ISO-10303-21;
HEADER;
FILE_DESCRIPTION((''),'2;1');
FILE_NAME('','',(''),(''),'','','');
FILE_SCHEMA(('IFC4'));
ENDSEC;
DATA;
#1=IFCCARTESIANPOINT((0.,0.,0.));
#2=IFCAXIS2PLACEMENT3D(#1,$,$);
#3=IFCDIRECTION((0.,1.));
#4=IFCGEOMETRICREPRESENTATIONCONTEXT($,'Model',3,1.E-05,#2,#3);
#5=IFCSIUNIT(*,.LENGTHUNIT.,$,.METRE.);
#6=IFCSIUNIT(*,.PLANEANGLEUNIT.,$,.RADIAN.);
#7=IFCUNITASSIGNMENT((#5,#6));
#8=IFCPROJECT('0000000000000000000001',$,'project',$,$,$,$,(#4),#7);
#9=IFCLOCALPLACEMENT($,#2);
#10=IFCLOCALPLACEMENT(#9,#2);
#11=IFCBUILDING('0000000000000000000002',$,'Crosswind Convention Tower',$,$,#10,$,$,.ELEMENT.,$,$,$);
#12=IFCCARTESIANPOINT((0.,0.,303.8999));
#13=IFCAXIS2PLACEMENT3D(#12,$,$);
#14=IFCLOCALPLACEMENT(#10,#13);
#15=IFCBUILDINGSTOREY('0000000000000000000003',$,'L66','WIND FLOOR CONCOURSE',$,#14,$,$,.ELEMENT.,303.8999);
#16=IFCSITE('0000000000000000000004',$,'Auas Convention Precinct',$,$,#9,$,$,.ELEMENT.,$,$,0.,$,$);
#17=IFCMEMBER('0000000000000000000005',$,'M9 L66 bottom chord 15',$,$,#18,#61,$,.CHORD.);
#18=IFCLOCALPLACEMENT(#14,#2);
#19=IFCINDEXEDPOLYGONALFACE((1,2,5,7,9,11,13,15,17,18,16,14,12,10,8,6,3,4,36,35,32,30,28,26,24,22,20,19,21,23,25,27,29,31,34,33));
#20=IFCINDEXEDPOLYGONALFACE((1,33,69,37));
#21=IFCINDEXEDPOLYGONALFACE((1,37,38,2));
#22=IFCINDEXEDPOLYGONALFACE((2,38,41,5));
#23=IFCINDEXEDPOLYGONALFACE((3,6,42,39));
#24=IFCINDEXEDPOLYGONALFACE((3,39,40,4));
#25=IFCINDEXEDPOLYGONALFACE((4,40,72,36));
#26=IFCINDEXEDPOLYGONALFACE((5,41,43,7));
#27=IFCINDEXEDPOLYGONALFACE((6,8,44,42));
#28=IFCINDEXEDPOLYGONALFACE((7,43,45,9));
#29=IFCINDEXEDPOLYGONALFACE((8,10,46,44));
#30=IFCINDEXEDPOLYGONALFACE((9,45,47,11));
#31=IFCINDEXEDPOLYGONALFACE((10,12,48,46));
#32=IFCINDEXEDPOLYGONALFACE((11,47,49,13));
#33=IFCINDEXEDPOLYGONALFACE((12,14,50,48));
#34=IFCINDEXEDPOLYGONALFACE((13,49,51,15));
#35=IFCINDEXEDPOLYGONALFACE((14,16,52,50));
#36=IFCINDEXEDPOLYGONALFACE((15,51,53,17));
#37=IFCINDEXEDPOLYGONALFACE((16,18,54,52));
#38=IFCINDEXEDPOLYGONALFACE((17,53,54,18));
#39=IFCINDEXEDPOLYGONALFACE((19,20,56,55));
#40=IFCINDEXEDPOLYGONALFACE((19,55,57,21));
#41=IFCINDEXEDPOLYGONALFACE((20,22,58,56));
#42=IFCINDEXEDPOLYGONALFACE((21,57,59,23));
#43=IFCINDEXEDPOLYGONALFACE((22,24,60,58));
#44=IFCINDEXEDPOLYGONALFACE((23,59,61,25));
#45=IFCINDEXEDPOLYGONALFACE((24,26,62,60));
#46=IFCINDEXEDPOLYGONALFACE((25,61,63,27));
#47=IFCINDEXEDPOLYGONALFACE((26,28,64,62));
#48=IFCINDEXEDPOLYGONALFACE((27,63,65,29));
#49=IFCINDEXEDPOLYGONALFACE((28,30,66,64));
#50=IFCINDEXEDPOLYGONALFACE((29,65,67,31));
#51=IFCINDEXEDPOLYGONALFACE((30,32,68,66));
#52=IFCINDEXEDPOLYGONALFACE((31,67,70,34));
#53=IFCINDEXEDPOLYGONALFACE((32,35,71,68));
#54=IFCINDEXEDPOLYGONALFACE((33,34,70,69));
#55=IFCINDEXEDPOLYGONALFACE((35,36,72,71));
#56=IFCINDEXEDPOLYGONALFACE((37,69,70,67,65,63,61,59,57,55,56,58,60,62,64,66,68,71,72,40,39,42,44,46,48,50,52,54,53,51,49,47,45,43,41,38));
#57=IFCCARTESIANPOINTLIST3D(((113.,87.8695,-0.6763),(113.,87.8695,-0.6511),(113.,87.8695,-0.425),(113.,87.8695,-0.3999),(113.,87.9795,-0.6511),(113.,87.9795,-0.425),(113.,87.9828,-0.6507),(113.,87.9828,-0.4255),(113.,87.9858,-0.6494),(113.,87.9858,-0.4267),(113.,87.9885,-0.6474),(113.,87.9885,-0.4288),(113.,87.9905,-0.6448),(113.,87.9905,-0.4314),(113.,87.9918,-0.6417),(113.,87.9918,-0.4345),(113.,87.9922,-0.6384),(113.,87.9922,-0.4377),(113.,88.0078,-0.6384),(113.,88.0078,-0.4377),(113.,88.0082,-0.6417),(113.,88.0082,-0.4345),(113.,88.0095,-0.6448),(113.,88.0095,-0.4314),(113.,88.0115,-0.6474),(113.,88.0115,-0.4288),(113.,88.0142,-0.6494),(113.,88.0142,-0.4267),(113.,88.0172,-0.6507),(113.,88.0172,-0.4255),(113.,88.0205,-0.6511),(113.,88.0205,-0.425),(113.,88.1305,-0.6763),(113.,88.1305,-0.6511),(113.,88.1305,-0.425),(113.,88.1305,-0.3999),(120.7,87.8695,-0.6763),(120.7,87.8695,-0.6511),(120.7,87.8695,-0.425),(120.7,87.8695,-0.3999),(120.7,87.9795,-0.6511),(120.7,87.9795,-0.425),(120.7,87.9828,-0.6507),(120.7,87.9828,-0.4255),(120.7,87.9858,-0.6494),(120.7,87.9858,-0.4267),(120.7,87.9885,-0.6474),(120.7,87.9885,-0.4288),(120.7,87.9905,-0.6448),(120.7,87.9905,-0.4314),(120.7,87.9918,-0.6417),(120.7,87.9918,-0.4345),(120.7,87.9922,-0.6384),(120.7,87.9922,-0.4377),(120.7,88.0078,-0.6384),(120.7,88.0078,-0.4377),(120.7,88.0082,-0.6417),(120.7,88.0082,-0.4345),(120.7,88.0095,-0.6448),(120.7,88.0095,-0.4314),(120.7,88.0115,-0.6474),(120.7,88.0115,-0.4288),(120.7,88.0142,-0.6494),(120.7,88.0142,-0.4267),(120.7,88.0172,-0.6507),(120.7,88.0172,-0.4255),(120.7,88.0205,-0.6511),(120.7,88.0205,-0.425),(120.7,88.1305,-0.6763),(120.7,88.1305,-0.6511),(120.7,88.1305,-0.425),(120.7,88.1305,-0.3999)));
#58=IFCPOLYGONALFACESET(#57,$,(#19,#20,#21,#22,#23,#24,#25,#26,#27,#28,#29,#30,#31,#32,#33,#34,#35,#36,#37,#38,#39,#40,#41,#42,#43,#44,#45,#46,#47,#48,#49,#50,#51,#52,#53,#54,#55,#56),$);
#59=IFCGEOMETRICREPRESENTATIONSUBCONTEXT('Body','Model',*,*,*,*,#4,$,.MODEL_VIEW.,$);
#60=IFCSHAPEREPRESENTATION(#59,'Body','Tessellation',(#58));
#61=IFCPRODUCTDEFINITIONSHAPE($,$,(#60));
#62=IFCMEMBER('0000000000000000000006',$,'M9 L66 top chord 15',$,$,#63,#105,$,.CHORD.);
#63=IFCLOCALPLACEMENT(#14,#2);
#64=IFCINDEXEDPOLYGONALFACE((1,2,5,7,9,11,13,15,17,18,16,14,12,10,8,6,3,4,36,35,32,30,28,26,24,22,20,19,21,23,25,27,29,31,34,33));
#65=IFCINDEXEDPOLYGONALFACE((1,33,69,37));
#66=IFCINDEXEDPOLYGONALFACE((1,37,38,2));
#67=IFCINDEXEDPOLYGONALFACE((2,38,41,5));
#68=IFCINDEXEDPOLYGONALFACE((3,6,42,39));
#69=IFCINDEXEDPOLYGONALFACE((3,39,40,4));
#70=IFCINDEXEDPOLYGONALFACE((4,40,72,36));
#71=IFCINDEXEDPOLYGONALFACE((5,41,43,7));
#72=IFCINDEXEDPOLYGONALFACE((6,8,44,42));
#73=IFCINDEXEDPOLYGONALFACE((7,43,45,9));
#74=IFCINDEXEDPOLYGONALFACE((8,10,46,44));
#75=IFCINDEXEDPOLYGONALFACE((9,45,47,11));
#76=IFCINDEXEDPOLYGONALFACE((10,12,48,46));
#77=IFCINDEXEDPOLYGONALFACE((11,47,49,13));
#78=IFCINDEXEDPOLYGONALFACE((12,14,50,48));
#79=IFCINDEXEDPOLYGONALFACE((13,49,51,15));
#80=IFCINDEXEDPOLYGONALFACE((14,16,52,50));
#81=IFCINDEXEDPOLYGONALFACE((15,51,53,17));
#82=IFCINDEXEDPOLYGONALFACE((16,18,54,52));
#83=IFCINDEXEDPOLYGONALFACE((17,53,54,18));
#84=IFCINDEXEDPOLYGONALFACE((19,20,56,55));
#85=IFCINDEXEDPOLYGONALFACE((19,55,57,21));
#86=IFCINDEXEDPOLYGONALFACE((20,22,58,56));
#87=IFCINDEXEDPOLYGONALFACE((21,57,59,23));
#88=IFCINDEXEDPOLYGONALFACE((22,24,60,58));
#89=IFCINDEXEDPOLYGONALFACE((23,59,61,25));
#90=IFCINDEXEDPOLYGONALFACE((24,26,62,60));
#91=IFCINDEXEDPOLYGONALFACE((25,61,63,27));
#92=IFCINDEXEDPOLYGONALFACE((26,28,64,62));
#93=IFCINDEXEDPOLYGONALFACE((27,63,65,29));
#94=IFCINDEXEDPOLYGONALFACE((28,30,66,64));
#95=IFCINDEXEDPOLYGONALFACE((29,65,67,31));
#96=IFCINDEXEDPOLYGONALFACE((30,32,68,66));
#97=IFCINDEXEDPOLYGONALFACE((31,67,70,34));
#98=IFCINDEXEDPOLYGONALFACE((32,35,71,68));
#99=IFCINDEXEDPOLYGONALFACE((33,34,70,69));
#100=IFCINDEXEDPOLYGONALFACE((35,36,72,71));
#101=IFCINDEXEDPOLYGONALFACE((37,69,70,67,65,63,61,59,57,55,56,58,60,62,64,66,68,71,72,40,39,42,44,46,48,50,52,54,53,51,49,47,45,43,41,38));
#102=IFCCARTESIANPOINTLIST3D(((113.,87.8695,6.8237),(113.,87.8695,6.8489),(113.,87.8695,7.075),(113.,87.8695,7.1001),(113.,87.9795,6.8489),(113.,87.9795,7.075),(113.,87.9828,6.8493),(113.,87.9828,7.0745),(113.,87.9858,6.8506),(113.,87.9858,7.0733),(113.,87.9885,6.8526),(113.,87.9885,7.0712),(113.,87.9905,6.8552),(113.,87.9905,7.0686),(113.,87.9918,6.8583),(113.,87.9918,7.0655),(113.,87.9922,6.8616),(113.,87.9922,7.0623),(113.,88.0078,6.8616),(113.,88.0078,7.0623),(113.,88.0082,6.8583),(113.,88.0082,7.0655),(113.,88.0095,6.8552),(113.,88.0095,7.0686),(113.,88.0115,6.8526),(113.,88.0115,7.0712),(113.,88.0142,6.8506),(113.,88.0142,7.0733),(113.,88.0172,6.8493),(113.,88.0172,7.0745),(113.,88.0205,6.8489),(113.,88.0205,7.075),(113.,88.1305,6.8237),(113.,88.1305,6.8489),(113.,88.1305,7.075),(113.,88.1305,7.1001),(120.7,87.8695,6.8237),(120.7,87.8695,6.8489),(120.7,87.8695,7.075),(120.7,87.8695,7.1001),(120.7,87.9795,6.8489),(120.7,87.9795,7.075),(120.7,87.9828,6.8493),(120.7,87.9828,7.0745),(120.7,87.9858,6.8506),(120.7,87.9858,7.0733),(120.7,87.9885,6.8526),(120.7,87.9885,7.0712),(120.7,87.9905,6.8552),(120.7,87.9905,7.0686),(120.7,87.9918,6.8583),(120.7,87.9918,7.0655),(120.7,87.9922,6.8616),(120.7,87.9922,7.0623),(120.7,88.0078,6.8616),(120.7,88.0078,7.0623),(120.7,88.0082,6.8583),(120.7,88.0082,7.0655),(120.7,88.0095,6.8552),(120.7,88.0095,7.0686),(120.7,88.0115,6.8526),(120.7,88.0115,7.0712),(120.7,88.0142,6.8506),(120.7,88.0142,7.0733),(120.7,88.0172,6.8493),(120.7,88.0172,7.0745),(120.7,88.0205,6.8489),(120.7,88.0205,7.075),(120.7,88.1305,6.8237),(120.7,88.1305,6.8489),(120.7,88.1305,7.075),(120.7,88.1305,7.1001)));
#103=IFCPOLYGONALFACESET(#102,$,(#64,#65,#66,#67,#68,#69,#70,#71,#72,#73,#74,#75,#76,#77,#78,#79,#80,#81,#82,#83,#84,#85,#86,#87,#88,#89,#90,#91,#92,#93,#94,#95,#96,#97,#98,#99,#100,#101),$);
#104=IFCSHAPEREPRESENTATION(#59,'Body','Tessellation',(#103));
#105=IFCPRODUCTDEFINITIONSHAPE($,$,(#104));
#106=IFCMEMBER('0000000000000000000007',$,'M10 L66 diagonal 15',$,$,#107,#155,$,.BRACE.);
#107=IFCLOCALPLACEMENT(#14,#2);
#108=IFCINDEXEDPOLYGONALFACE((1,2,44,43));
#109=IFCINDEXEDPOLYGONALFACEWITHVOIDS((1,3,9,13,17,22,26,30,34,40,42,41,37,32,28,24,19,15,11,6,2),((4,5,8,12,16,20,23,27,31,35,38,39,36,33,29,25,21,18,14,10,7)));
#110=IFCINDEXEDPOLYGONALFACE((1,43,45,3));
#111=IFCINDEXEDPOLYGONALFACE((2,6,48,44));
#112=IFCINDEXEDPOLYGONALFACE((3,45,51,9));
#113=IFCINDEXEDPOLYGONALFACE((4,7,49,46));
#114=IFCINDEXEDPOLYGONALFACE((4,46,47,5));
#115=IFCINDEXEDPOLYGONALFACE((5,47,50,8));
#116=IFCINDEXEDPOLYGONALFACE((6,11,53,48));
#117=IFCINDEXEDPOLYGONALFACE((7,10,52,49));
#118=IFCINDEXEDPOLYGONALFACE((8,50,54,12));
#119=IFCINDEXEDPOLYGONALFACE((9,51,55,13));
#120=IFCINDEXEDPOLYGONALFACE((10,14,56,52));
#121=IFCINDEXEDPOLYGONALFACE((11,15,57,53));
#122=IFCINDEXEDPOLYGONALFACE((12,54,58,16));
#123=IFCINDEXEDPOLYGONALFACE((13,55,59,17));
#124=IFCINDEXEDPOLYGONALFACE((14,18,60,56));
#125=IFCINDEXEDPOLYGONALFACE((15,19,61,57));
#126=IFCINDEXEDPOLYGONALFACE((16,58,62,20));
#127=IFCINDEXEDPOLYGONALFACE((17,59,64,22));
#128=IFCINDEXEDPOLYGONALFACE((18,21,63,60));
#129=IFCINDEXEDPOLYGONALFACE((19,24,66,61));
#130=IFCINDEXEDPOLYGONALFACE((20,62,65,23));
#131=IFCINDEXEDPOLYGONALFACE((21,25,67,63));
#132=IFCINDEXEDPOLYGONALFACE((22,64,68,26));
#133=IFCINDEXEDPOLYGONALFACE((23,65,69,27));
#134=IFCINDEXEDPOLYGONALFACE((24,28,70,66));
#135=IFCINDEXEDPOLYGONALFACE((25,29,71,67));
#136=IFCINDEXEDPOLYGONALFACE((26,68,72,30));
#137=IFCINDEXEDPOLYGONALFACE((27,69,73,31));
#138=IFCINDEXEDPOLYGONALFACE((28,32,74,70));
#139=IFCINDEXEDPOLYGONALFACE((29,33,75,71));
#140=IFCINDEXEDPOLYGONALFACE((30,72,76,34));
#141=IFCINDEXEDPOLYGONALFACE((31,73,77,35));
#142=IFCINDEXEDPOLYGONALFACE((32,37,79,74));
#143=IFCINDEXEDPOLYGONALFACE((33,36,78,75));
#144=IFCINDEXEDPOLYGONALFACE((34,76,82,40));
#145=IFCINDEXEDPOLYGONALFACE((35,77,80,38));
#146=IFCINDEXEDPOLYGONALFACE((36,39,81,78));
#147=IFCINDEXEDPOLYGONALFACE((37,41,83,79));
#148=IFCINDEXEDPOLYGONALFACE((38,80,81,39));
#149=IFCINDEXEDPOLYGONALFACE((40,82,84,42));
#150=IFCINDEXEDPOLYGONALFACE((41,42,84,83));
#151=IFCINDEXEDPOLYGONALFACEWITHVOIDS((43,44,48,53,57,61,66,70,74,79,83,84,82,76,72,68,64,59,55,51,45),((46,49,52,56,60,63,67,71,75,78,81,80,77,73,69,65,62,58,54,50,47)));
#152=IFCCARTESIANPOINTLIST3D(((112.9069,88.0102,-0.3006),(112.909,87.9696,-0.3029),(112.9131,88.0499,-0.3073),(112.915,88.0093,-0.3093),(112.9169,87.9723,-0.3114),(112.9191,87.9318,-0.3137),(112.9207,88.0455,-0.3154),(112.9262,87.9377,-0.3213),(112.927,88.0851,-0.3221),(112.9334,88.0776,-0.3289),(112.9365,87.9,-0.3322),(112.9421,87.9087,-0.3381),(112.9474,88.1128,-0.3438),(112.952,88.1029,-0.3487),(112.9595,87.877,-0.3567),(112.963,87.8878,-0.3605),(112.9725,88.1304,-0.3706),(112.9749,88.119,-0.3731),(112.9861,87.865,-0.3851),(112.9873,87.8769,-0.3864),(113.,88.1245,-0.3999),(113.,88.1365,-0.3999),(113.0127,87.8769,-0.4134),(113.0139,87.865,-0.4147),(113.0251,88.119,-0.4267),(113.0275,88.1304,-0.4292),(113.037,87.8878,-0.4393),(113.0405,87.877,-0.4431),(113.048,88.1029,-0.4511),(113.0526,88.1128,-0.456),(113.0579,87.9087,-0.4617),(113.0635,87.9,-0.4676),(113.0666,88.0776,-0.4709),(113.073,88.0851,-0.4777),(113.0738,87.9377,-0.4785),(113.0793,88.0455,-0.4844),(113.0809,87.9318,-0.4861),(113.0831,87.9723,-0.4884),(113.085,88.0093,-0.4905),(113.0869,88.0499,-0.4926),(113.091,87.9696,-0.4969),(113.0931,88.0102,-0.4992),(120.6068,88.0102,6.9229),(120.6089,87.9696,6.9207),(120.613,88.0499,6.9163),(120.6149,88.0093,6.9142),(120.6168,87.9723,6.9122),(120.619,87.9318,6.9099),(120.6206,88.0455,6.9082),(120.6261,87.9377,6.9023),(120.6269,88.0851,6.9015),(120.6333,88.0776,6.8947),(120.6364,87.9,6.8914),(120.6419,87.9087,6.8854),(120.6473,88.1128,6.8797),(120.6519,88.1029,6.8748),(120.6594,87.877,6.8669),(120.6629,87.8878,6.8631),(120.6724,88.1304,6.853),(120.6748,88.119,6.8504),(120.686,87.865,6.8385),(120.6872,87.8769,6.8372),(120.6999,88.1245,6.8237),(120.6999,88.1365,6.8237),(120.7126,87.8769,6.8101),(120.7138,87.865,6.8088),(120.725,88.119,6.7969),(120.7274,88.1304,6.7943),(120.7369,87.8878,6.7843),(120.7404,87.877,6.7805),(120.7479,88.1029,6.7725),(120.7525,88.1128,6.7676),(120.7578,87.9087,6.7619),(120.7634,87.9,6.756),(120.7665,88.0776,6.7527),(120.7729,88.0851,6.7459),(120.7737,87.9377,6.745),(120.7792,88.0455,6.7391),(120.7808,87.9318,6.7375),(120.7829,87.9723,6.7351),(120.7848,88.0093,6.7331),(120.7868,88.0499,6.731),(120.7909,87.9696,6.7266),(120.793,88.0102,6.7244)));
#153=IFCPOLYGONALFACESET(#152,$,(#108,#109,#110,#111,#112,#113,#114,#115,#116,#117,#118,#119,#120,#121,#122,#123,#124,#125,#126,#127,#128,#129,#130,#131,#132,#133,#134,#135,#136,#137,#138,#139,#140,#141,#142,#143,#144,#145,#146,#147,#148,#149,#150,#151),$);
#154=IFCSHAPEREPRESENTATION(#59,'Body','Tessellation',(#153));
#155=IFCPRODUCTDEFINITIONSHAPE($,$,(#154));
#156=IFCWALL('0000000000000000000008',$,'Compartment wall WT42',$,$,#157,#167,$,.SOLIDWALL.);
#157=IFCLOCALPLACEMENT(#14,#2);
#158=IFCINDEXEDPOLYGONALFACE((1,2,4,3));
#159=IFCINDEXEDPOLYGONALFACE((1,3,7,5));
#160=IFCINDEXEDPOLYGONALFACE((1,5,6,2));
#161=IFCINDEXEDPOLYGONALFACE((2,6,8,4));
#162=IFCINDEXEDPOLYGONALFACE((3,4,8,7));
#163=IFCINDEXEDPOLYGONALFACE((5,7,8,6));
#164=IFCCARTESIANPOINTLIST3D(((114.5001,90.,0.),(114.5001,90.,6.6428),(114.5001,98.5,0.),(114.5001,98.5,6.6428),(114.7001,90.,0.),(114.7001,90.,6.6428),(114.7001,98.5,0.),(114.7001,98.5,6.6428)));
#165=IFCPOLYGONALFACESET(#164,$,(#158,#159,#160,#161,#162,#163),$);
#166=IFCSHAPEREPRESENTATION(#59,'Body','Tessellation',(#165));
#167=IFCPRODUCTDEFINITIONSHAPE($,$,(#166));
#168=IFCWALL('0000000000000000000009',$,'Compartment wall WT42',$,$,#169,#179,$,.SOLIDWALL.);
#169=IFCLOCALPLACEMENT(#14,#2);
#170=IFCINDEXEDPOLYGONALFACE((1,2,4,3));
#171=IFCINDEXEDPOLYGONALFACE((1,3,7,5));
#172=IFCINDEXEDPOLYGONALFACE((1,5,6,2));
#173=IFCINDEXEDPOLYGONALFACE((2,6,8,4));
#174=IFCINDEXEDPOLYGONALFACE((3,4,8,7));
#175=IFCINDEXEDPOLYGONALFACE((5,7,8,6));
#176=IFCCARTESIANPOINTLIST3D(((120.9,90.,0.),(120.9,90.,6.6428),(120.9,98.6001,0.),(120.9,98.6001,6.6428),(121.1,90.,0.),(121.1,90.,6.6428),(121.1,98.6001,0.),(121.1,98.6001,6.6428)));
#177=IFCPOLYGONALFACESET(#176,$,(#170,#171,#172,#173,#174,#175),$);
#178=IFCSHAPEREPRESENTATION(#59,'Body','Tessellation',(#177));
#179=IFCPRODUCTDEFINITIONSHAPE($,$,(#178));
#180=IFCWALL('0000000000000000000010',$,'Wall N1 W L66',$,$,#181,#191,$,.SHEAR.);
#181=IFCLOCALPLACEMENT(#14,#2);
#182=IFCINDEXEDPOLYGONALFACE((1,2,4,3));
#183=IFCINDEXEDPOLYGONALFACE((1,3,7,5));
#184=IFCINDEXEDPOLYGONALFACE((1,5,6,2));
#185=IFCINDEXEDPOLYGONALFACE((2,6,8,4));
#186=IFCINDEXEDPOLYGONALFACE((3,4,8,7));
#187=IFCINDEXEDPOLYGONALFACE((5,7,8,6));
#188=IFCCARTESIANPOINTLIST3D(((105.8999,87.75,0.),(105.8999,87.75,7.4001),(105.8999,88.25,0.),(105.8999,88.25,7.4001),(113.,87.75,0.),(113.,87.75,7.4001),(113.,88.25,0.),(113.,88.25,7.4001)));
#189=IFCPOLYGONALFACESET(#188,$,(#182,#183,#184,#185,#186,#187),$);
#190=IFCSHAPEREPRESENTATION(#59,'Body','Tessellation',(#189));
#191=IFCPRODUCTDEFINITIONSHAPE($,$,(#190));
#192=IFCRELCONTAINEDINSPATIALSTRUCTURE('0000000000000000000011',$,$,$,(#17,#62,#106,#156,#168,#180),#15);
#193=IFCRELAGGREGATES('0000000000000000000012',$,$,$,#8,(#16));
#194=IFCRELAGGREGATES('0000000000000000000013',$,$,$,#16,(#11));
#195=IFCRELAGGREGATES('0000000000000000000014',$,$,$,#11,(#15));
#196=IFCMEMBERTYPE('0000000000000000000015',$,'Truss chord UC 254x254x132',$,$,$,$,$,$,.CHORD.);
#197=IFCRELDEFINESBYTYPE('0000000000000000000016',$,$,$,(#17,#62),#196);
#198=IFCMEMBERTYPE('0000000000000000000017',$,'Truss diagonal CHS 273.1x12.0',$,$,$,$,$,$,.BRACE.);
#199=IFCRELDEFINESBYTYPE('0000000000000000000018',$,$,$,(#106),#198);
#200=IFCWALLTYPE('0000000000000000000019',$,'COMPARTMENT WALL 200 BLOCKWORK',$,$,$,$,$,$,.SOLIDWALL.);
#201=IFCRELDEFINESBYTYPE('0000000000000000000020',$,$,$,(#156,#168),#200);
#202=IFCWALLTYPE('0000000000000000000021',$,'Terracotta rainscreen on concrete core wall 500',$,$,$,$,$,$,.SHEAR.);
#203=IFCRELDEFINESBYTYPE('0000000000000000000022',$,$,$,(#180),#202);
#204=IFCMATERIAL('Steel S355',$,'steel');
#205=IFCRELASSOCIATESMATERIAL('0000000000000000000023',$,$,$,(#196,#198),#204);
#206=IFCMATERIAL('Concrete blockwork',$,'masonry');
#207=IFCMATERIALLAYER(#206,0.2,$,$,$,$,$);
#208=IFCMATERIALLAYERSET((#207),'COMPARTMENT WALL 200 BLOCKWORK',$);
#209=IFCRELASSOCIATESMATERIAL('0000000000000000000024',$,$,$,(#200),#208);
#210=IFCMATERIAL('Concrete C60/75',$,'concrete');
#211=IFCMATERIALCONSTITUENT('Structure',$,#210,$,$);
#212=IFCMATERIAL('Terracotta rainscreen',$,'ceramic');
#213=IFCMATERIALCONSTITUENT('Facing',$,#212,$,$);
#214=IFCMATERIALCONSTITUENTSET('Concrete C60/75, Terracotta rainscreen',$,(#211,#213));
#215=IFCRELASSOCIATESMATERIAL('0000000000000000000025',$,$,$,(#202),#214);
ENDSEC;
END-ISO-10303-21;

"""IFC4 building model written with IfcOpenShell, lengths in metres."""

from ifc_helpers import new_model, si_unit, direction, frame, frame_2d, origin, origin_2d, place, context, subcontext, project, spatial, rectangle, hollow_circle, i_section, extrude, material, layer, layer_set, constituent, constituent_set, material_profile, profile_set, type_object, element, save


model = new_model("IFC4")

# Units and contexts
model_context = context("Model", 3, precision=1e-05, world=origin(), true_north=direction((0.0, 1.0)))
body_context = subcontext(model_context, "Body", "Model", "MODEL_VIEW")
ifc_project = project(units=[si_unit("LENGTHUNIT", "METRE"), si_unit("PLANEANGLEUNIT", "RADIAN")], contexts=[model_context])

# Site, building, storey
site_placement = place(None, origin())
site = spatial("IfcSite", under=ifc_project, at=site_placement, Name="Auas Convention Precinct", CompositionType="ELEMENT", RefElevation=0.0)
building_placement = place(site_placement, origin())
building = spatial("IfcBuilding", under=site, at=building_placement, Name="Crosswind Convention Tower", CompositionType="ELEMENT")
storey_placement = place(building_placement, frame((0.0, 0.0, 303.8999)))
storey = spatial("IfcBuildingStorey", under=building, at=storey_placement, Name="L66", Description="WIND FLOOR CONCOURSE", CompositionType="ELEMENT", Elevation=303.8999)

# Shared definitions
ifc_material_1 = material(Name="Concrete C60/75", Category="concrete")

# Shared definitions
ifc_material_2 = material(Name="Steel S355", Category="steel")

# Members
ifc_material_profile_1 = material_profile(ifc_material_2, i_section(OverallWidth=0.261, OverallDepth=0.2764, WebThickness=0.0156, FlangeThickness=0.0251, FilletRadius=0.0127, at=origin_2d()), Name="UC 254x254x132")
ifc_profile_set_1 = profile_set([ifc_material_profile_1], Name="Steel S355")
member_type_1 = type_object("IfcMemberType", Name="Truss chord UC 254x254x132", PredefinedType="CHORD", material=ifc_profile_set_1)
for number, where, z_axis, x_axis, name in (
    (1, (113.0, 88.0, -0.5381), (1.0, 0.0, 0.0), (0.0, 1.0, 0.0), "M9 L66 bottom chord 15"),
    (2, (113.0, 88.0, 6.9619), (1.0, 0.0, 0.0), (0.0, 1.0, 0.0), "M9 L66 top chord 15"),
):
    element("IfcMember", number, at=place(storey_placement, frame(where, z_axis=z_axis, x_axis=x_axis)), inside=storey, type_object=member_type_1, Name=name, PredefinedType="CHORD", context=body_context, shape_type="SweptSolid", body=[
        extrude(i_section(OverallWidth=0.261, OverallDepth=0.2764, WebThickness=0.0156, FlangeThickness=0.0251, FilletRadius=0.0127, at=origin_2d()), origin(), (0.0, 0.0, 1.0), 7.7),
    ])
ifc_material_profile_2 = material_profile(ifc_material_2, hollow_circle(Radius=0.1365, WallThickness=0.012, at=origin_2d()), Name="CHS 273.1x12.0")
ifc_profile_set_2 = profile_set([ifc_material_profile_2], Name="Steel S355")
member_type_2 = type_object("IfcMemberType", Name="Truss diagonal CHS 273.1x12.0", PredefinedType="BRACE", material=ifc_profile_set_2)
member_placement = place(storey_placement, frame((113.0, 88.0, -0.3999), z_axis=(0.729304, 0.0, 0.68419), x_axis=(0.0, 1.0, 0.0)))
element("IfcMember", 3, at=member_placement, inside=storey, type_object=member_type_2, Name="M10 L66 diagonal 15", PredefinedType="BRACE", context=body_context, shape_type="SweptSolid", body=[
    extrude(hollow_circle(Radius=0.1365, WallThickness=0.012, at=origin_2d()), origin(), (0.0, 0.0, 1.0), 10.5579),
])

# Walls
ifc_material_3 = material(Name="Concrete blockwork", Category="masonry")
ifc_layer_1 = layer(ifc_material_3, 0.2)
ifc_layer_set_1 = layer_set([ifc_layer_1], Name="COMPARTMENT WALL 200 BLOCKWORK")
wall_type_1 = type_object("IfcWallType", Name="COMPARTMENT WALL 200 BLOCKWORK", PredefinedType="SOLIDWALL", material=ifc_layer_set_1)
wall_1_placement = place(storey_placement, frame((114.6001, 90.0, 0.0), z_axis=(0.0, 0.0, 1.0), x_axis=(0.0, 1.0, 0.0)))
element("IfcWall", 4, at=wall_1_placement, inside=storey, type_object=wall_type_1, Name="Compartment wall WT42", PredefinedType="SOLIDWALL", context=body_context, shape_type="SweptSolid", body=[
    extrude(rectangle(XDim=8.5, YDim=0.2, at=frame_2d((4.25, 0.0))), origin(), (0.0, 0.0, 1.0), 6.6428),
])
wall_2_placement = place(storey_placement, frame((121.0, 90.0, 0.0), z_axis=(0.0, 0.0, 1.0), x_axis=(0.0, 1.0, 0.0)))
element("IfcWall", 5, at=wall_2_placement, inside=storey, type_object=wall_type_1, Name="Compartment wall WT42", PredefinedType="SOLIDWALL", context=body_context, shape_type="SweptSolid", body=[
    extrude(rectangle(XDim=8.6001, YDim=0.2, at=frame_2d((4.3, 0.0))), origin(), (0.0, 0.0, 1.0), 6.6428),
])
ifc_constituent_1 = constituent(ifc_material_1, Name="Structure")
ifc_material_4 = material(Name="Terracotta rainscreen", Category="ceramic")
ifc_constituent_2 = constituent(ifc_material_4, Name="Facing")
ifc_constituent_set = constituent_set(constituents=[ifc_constituent_1, ifc_constituent_2], Name="Concrete C60/75, Terracotta rainscreen")
wall_type_2 = type_object("IfcWallType", Name="Terracotta rainscreen on concrete core wall 500", PredefinedType="SHEAR", material=ifc_constituent_set)
wall_3_placement = place(storey_placement, frame((113.0, 88.0, 0.0), z_axis=(0.0, 0.0, 1.0), x_axis=(-1.0, 0.0, 0.0)))
element("IfcWall", 6, at=wall_3_placement, inside=storey, type_object=wall_type_2, Name="Wall N1 W L66", PredefinedType="SHEAR", context=body_context, shape_type="SweptSolid", body=[
    extrude(rectangle(XDim=7.1001, YDim=0.5, at=frame_2d((3.55, 0.0))), origin(), (0.0, 0.0, 1.0), 7.4001),
])

save(model, "model.ifc")
